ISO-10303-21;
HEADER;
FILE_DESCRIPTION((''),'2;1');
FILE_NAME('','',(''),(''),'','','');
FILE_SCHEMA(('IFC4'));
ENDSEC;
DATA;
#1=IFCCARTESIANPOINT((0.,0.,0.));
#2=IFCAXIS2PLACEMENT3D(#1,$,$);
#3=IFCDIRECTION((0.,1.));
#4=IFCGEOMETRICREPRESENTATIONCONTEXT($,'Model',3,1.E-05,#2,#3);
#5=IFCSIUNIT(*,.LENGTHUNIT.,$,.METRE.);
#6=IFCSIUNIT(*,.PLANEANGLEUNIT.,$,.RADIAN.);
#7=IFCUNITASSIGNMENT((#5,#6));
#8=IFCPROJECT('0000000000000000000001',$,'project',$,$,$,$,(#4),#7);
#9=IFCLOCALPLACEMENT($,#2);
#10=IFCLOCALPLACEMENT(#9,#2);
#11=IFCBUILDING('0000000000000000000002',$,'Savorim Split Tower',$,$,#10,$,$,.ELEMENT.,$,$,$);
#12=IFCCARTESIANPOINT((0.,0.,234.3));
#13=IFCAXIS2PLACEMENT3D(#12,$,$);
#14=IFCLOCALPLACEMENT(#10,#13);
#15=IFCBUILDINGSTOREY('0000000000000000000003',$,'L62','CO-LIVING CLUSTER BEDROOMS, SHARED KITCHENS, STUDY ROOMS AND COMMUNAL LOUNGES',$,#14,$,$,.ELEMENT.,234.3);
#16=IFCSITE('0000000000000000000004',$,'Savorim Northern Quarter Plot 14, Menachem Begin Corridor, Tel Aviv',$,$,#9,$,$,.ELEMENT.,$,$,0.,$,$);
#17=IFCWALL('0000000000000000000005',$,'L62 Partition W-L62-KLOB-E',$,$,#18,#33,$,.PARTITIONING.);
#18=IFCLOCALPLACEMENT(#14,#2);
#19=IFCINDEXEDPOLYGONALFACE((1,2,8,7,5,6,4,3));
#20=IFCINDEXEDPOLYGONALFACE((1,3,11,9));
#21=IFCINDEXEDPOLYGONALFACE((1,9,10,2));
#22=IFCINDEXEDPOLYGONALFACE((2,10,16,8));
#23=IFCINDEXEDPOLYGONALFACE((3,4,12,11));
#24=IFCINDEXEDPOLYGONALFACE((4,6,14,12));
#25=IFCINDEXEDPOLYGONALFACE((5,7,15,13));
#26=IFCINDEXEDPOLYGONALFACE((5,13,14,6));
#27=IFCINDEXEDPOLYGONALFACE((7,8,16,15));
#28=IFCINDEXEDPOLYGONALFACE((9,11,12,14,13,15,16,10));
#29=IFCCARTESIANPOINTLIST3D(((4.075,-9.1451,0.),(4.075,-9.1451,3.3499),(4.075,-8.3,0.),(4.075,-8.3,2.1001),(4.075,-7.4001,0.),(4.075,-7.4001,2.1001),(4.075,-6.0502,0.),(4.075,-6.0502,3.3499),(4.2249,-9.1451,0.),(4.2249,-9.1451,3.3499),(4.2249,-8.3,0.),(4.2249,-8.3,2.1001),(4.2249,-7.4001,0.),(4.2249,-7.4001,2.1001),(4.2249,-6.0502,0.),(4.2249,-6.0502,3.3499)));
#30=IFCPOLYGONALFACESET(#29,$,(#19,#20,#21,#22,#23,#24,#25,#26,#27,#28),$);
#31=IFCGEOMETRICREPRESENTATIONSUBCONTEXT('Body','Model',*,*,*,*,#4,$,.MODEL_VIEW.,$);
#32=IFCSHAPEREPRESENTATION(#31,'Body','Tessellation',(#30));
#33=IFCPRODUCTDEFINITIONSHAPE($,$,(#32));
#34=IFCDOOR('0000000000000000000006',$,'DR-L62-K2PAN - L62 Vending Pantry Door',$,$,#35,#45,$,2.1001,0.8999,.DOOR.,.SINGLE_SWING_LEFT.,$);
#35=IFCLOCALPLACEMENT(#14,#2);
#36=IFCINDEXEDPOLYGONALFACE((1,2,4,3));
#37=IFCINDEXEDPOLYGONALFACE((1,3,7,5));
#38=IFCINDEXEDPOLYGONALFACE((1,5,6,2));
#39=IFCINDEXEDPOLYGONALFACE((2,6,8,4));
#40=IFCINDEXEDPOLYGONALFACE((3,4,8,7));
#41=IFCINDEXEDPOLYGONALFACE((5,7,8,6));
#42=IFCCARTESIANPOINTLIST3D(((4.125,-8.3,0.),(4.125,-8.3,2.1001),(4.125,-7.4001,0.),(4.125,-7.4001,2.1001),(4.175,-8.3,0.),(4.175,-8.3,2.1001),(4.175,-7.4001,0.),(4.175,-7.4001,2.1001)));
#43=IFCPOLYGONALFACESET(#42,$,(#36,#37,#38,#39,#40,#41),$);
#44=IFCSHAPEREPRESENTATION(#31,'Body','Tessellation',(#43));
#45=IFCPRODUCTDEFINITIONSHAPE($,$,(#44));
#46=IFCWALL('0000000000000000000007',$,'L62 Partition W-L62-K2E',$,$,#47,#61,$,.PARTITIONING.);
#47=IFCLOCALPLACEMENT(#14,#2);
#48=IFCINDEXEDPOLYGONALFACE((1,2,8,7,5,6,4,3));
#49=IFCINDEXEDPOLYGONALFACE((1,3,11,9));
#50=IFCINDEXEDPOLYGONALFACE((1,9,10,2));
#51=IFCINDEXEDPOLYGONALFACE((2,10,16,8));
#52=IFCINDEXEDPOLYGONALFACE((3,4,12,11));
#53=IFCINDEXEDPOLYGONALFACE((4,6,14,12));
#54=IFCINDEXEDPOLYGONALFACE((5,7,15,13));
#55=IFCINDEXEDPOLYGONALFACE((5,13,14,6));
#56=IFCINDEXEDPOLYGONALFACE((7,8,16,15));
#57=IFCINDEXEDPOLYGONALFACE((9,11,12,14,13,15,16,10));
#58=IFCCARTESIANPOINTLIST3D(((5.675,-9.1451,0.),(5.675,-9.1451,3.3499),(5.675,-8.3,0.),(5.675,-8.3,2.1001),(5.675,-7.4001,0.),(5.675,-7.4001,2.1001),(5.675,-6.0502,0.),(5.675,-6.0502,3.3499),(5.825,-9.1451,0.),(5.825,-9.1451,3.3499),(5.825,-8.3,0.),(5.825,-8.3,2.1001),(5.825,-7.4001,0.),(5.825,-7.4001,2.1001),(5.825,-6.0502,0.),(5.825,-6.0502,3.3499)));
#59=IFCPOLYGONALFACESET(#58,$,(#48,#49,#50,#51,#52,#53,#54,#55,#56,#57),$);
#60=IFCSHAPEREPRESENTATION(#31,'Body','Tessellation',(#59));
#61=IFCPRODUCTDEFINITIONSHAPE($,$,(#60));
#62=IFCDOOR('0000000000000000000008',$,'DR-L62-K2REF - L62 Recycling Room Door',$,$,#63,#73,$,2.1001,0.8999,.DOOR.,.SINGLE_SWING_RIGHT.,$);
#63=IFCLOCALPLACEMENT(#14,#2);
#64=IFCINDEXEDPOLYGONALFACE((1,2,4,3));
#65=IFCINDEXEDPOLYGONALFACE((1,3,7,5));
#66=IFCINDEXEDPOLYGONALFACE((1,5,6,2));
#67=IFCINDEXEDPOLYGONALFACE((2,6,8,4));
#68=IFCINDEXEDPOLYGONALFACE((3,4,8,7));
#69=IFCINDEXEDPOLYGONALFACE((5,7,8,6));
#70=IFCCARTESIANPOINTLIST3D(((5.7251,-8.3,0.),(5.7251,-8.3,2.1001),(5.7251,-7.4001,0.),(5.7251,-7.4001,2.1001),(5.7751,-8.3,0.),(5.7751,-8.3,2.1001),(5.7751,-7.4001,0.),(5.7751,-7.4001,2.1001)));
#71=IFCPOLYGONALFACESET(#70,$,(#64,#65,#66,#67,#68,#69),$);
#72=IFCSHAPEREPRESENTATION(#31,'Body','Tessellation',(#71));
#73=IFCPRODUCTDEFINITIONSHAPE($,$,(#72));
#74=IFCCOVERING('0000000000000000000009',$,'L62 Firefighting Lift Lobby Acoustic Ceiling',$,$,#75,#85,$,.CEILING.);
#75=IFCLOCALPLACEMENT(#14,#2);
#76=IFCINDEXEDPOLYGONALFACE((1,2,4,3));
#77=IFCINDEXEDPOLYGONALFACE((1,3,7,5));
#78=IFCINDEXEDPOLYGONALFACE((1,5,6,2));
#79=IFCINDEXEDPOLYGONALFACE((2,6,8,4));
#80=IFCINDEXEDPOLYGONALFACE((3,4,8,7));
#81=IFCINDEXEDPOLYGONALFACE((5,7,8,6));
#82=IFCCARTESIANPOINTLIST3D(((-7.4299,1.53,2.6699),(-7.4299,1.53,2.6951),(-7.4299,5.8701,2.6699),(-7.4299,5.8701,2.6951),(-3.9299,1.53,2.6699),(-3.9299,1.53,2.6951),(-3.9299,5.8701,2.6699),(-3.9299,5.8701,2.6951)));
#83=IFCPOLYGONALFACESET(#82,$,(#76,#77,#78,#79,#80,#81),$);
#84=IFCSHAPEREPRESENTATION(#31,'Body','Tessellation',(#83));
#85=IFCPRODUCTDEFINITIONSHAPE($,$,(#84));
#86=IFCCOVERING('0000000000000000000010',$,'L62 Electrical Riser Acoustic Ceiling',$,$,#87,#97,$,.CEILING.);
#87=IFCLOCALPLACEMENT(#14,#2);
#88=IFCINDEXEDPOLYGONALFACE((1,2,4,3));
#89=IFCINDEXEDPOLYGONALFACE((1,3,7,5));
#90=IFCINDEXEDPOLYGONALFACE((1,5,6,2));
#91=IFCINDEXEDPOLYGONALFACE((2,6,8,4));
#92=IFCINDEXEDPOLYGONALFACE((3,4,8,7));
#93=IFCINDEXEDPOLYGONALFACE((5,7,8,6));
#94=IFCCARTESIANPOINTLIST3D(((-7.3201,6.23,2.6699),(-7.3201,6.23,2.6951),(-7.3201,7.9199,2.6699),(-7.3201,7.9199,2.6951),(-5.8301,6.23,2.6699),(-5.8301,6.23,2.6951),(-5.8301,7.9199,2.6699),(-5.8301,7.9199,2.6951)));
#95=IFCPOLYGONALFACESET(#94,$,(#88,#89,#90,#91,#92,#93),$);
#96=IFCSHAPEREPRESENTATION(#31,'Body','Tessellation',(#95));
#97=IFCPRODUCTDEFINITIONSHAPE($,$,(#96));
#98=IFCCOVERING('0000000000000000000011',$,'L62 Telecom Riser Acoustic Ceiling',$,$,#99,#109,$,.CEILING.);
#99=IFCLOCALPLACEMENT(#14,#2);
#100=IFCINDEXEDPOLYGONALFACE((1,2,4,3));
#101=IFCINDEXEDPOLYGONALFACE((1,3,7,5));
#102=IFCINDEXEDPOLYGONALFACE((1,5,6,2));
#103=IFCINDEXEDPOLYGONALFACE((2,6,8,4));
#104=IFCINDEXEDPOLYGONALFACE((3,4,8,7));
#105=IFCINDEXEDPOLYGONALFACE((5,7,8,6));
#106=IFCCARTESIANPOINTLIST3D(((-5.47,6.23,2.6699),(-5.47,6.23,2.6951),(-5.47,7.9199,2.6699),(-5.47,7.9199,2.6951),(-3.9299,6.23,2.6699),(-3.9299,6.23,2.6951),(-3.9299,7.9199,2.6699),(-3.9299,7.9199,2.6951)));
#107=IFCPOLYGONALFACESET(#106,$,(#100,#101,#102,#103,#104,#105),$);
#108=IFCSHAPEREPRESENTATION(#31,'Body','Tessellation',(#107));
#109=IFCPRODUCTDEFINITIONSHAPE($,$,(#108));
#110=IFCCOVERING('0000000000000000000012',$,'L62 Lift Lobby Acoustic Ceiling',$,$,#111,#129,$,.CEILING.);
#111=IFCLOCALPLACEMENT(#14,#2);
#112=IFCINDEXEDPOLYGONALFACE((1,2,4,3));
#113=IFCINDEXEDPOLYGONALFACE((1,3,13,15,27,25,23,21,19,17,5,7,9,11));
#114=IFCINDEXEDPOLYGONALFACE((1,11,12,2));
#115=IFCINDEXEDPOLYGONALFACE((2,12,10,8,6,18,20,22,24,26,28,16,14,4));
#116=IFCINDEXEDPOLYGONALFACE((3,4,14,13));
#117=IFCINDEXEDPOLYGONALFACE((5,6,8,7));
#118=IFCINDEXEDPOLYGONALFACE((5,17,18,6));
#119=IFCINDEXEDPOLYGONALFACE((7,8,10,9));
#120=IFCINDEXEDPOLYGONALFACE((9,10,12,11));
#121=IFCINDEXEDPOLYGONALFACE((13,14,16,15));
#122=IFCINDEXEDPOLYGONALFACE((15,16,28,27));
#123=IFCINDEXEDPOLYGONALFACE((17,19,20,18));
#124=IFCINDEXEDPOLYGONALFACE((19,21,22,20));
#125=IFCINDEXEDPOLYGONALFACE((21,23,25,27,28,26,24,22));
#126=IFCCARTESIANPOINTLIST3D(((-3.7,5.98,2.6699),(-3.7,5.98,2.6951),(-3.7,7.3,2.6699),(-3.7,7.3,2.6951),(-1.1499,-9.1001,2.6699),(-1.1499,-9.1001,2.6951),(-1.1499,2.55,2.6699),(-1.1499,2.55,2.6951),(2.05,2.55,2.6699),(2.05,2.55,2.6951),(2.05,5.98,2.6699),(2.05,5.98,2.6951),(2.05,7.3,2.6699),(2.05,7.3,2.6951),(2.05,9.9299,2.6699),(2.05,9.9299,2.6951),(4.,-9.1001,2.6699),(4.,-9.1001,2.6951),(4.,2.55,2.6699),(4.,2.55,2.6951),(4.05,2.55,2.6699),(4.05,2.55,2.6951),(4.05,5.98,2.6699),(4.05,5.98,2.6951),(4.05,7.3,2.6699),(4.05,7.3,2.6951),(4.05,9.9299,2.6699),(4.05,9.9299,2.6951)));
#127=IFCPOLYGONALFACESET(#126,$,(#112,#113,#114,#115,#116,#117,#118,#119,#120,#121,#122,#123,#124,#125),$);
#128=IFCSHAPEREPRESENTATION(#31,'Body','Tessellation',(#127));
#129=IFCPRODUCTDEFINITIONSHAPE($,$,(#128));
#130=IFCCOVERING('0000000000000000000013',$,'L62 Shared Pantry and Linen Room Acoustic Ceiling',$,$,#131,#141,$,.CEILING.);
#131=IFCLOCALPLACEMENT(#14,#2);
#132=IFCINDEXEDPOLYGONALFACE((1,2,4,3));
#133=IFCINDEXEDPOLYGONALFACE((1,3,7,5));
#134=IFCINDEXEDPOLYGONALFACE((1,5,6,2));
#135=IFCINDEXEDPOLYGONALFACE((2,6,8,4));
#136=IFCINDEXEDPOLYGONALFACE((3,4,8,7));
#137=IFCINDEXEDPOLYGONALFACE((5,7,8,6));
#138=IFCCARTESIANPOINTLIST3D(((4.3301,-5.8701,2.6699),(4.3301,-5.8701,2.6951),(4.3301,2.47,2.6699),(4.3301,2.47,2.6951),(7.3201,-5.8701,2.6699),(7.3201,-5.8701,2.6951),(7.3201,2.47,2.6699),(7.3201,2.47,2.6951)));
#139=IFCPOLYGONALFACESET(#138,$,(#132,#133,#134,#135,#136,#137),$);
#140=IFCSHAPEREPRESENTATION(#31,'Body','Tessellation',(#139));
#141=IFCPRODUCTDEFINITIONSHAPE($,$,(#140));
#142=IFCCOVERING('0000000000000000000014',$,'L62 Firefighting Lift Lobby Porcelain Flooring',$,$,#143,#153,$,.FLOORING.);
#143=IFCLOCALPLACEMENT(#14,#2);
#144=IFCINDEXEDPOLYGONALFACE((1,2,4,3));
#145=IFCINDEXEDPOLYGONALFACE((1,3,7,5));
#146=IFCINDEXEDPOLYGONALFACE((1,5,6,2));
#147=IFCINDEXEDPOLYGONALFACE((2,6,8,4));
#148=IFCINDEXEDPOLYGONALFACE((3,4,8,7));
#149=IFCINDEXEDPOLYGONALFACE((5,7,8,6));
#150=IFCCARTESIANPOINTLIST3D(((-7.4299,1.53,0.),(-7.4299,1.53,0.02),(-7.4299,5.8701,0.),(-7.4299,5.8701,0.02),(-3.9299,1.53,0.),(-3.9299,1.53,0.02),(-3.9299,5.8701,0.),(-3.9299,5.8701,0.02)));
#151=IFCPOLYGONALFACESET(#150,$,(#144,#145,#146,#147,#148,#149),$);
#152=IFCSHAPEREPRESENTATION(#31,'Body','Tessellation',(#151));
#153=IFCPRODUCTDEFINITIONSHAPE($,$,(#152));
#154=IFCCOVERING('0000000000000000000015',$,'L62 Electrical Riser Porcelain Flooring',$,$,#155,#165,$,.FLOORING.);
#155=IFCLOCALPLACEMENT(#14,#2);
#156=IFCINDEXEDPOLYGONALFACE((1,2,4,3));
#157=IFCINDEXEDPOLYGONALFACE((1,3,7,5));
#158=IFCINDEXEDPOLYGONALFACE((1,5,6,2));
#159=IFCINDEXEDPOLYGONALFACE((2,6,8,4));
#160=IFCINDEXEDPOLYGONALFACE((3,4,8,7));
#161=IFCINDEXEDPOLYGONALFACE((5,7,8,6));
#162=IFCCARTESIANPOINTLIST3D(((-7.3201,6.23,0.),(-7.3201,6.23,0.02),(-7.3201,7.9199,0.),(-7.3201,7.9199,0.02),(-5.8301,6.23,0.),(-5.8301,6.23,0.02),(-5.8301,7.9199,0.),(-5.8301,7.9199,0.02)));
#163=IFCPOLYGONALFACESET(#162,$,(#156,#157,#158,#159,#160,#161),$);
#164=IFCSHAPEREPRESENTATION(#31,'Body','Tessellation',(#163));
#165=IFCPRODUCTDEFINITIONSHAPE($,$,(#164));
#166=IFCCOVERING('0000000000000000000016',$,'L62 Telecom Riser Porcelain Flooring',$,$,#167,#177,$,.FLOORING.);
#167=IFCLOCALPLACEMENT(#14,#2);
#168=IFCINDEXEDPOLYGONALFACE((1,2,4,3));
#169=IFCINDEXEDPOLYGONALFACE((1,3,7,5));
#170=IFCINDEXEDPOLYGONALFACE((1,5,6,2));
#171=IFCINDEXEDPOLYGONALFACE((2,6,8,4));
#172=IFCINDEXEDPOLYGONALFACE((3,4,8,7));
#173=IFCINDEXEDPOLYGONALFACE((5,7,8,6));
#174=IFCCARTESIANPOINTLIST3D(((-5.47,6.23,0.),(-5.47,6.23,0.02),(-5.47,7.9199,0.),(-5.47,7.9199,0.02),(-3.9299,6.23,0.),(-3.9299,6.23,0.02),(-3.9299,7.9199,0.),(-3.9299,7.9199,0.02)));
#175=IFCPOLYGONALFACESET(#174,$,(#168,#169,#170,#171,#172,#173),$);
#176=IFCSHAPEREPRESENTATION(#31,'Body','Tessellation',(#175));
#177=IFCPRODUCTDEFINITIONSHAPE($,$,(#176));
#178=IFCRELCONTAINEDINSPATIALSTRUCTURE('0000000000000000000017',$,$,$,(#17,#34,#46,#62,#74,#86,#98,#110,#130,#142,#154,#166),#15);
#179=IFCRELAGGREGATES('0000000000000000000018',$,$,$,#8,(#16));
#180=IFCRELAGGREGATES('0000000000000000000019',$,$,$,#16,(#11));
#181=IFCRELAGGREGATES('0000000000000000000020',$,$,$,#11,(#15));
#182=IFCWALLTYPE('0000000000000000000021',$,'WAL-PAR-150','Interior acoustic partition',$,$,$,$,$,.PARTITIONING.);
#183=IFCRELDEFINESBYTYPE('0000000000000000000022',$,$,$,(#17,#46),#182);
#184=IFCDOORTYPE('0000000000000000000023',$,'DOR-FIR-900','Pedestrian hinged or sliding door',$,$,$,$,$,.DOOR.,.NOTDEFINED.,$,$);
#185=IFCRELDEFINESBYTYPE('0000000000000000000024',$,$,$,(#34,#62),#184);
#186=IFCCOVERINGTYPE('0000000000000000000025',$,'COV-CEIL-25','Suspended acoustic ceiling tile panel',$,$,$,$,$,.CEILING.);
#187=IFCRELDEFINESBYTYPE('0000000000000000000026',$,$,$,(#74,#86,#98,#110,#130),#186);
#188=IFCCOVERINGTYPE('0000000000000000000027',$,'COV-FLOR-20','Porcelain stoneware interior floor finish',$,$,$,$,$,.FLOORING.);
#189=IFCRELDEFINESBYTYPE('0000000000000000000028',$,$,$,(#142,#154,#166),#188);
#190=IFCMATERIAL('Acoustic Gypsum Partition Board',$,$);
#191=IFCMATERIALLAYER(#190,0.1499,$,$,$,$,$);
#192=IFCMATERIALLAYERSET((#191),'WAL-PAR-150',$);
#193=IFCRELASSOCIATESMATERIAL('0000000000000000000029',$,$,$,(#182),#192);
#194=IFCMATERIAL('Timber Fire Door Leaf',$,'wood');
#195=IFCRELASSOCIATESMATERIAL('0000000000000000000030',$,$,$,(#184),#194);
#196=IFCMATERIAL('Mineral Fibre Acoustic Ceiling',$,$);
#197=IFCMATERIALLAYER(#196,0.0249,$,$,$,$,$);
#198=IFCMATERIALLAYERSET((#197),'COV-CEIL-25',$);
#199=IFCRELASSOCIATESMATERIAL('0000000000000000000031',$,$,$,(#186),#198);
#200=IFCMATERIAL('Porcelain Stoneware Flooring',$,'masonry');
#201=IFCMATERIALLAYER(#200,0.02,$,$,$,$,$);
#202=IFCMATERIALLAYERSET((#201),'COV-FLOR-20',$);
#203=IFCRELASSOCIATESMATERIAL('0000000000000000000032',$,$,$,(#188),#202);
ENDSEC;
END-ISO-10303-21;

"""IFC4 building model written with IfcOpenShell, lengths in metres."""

from ifc_helpers import new_model, si_unit, direction, frame, frame_2d, origin, place, context, subcontext, project, spatial, polyline, rectangle, outline, extrude, material, layer, layer_set, type_object, element, fill, save


model = new_model("IFC4")

# Units and contexts
model_context = context("Model", 3, precision=1e-05, world=origin(), true_north=direction((0.0, 1.0)))
body_context = subcontext(model_context, "Body", "Model", "MODEL_VIEW")
ifc_project = project(units=[si_unit("LENGTHUNIT", "METRE"), si_unit("PLANEANGLEUNIT", "RADIAN")], contexts=[model_context])

# Site, building, storey
site_placement = place(None, origin())
site = spatial("IfcSite", under=ifc_project, at=site_placement, Name="Savorim Northern Quarter Plot 14, Menachem Begin Corridor, Tel Aviv", CompositionType="ELEMENT", RefElevation=0.0)
building_placement = place(site_placement, origin())
building = spatial("IfcBuilding", under=site, at=building_placement, Name="Savorim Split Tower", CompositionType="ELEMENT")
storey_placement = place(building_placement, frame((0.0, 0.0, 234.3)))
storey = spatial("IfcBuildingStorey", under=building, at=storey_placement, Name="L62", Description="CO-LIVING CLUSTER BEDROOMS, SHARED KITCHENS, STUDY ROOMS AND COMMUNAL LOUNGES", CompositionType="ELEMENT", Elevation=234.3)

# Shared definitions
ifc_material_1 = material(Name="Timber Fire Door Leaf", Category="wood")

# Walls, openings, doors
ifc_material_2 = material(Name="Acoustic Gypsum Partition Board")
ifc_layer_1 = layer(ifc_material_2, 0.1499)
ifc_layer_set_1 = layer_set([ifc_layer_1], Name="WAL-PAR-150")
wall_type_1 = type_object("IfcWallType", Name="WAL-PAR-150", Description="Interior acoustic partition", PredefinedType="PARTITIONING", material=ifc_layer_set_1)
wall_1_placement = place(storey_placement, frame((4.1499, -9.145, 0.0), z_axis=(0.0, 0.0, 1.0), x_axis=(0.0, 1.0, 0.0)))
wall_1 = element("IfcWall", 1, at=wall_1_placement, inside=storey, type_object=wall_type_1, Name="L62 Partition W-L62-KLOB-E", PredefinedType="PARTITIONING", context=body_context, shape_type="SweptSolid", body=[
    extrude(rectangle(XDim=3.095, YDim=0.1499, at=frame_2d((1.5474, 0.0))), origin(), (0.0, 0.0, 1.0), 3.3499),
])
opening_1_placement = place(wall_1_placement, frame((0.845, 0.0, 0.0)))
opening_1 = element("IfcOpeningElement", 2, at=opening_1_placement, cuts=wall_1, PredefinedType="OPENING", context=body_context, shape_type="SweptSolid", body=[
    extrude(rectangle(XDim=0.8999, YDim=2.1001, at=frame_2d((0.45, 1.05))), frame((0.0, 0.085, 0.0), z_axis=(0.0, -1.0, 0.0), x_axis=(1.0, 0.0, 0.0)), (0.0, 0.0, 1.0), 0.1699),
])
door_type_1 = type_object("IfcDoorType", Name="DOR-FIR-900", Description="Pedestrian hinged or sliding door", OperationType="NOTDEFINED", PredefinedType="DOOR", material=ifc_material_1)
door_1_placement = place(opening_1_placement, origin())
door_1 = element("IfcDoor", 3, at=door_1_placement, inside=storey, type_object=door_type_1, Name="DR-L62-K2PAN - L62 Vending Pantry Door", OperationType="SINGLE_SWING_LEFT", OverallHeight=2.1001, OverallWidth=0.8999, PredefinedType="DOOR", context=body_context, shape_type="SweptSolid", body=[
    extrude(rectangle(XDim=0.8999, YDim=2.1001, at=frame_2d((0.45, 1.05))), frame((0.0, 0.0249, 0.0), z_axis=(0.0, -1.0, 0.0), x_axis=(1.0, 0.0, 0.0)), (0.0, 0.0, 1.0), 0.05),
])
fill(opening_1, door_1)
wall_2_placement = place(storey_placement, frame((5.75, -9.145, 0.0), z_axis=(0.0, 0.0, 1.0), x_axis=(0.0, 1.0, 0.0)))
wall_2 = element("IfcWall", 4, at=wall_2_placement, inside=storey, type_object=wall_type_1, Name="L62 Partition W-L62-K2E", PredefinedType="PARTITIONING", context=body_context, shape_type="SweptSolid", body=[
    extrude(rectangle(XDim=3.095, YDim=0.1499, at=frame_2d((1.5474, 0.0))), origin(), (0.0, 0.0, 1.0), 3.3499),
])
opening_2_placement = place(wall_2_placement, frame((0.845, 0.0, 0.0)))
opening_2 = element("IfcOpeningElement", 5, at=opening_2_placement, cuts=wall_2, PredefinedType="OPENING", context=body_context, shape_type="SweptSolid", body=[
    extrude(rectangle(XDim=0.8999, YDim=2.1001, at=frame_2d((0.45, 1.05))), frame((0.0, 0.085, 0.0), z_axis=(0.0, -1.0, 0.0), x_axis=(1.0, 0.0, 0.0)), (0.0, 0.0, 1.0), 0.1699),
])
door_2_placement = place(opening_2_placement, origin())
door_2 = element("IfcDoor", 6, at=door_2_placement, inside=storey, type_object=door_type_1, Name="DR-L62-K2REF - L62 Recycling Room Door", OperationType="SINGLE_SWING_RIGHT", OverallHeight=2.1001, OverallWidth=0.8999, PredefinedType="DOOR", context=body_context, shape_type="SweptSolid", body=[
    extrude(rectangle(XDim=0.8999, YDim=2.1001, at=frame_2d((0.45, 1.05))), frame((0.0, 0.0249, 0.0), z_axis=(0.0, -1.0, 0.0), x_axis=(1.0, 0.0, 0.0)), (0.0, 0.0, 1.0), 0.05),
])
fill(opening_2, door_2)

# Coverings
ifc_material_3 = material(Name="Mineral Fibre Acoustic Ceiling")
ifc_layer_2 = layer(ifc_material_3, 0.0249)
ifc_layer_set_2 = layer_set([ifc_layer_2], Name="COV-CEIL-25")
covering_type_1 = type_object("IfcCoveringType", Name="COV-CEIL-25", Description="Suspended acoustic ceiling tile panel", PredefinedType="CEILING", material=ifc_layer_set_2)
covering_1_placement = place(storey_placement, frame((0.0, 0.0, 2.6699)))
element("IfcCovering", 7, at=covering_1_placement, inside=storey, type_object=covering_type_1, Name="L62 Firefighting Lift Lobby Acoustic Ceiling", PredefinedType="CEILING", context=body_context, shape_type="SweptSolid", body=[
    extrude(outline(polyline([(-7.4299, 5.8701), (-7.4299, 1.53), (-3.9299, 1.53), (-3.9299, 5.8701), (-7.4299, 5.8701)])), origin(), (0.0, 0.0, 1.0), 0.0251),
])
covering_2_placement = place(storey_placement, frame((0.0, 0.0, 2.6699)))
element("IfcCovering", 8, at=covering_2_placement, inside=storey, type_object=covering_type_1, Name="L62 Electrical Riser Acoustic Ceiling", PredefinedType="CEILING", context=body_context, shape_type="SweptSolid", body=[
    extrude(outline(polyline([(-7.3201, 7.9199), (-7.3201, 6.23), (-5.8301, 6.23), (-5.8301, 7.9199), (-7.3201, 7.9199)])), origin(), (0.0, 0.0, 1.0), 0.0251),
])
covering_3_placement = place(storey_placement, frame((0.0, 0.0, 2.6699)))
element("IfcCovering", 9, at=covering_3_placement, inside=storey, type_object=covering_type_1, Name="L62 Telecom Riser Acoustic Ceiling", PredefinedType="CEILING", context=body_context, shape_type="SweptSolid", body=[
    extrude(outline(polyline([(-5.47, 7.9199), (-5.47, 6.23), (-3.9299, 6.23), (-3.9299, 7.9199), (-5.47, 7.9199)])), origin(), (0.0, 0.0, 1.0), 0.0251),
])
covering_4_placement = place(storey_placement, frame((0.0, 0.0, 2.6699)))
element("IfcCovering", 10, at=covering_4_placement, inside=storey, type_object=covering_type_1, Name="L62 Lift Lobby Acoustic Ceiling", PredefinedType="CEILING", context=body_context, shape_type="SweptSolid", body=[
    extrude(outline(polyline([(2.05, 2.55), (-1.1499, 2.55), (-1.1499, -9.1001), (4.0, -9.1001), (4.0, 2.55), (4.05, 2.55), (4.05, 5.98), (4.05, 7.3), (4.05, 9.9299), (2.05, 9.9299), (2.05, 7.3), (-3.7, 7.3), (-3.7, 5.98), (2.05, 5.98), (2.05, 2.55)])), origin(), (0.0, 0.0, 1.0), 0.0251),
])
covering_5_placement = place(storey_placement, frame((0.0, 0.0, 2.6699)))
element("IfcCovering", 11, at=covering_5_placement, inside=storey, type_object=covering_type_1, Name="L62 Shared Pantry and Linen Room Acoustic Ceiling", PredefinedType="CEILING", context=body_context, shape_type="SweptSolid", body=[
    extrude(outline(polyline([(4.3301, 2.47), (4.3301, -5.8701), (7.3201, -5.8701), (7.3201, 2.47), (4.3301, 2.47)])), origin(), (0.0, 0.0, 1.0), 0.0251),
])
ifc_material_4 = material(Name="Porcelain Stoneware Flooring", Category="masonry")
ifc_layer_3 = layer(ifc_material_4, 0.02)
ifc_layer_set_3 = layer_set([ifc_layer_3], Name="COV-FLOR-20")
covering_type_2 = type_object("IfcCoveringType", Name="COV-FLOR-20", Description="Porcelain stoneware interior floor finish", PredefinedType="FLOORING", material=ifc_layer_set_3)
covering_6_placement = place(storey_placement, origin())
element("IfcCovering", 12, at=covering_6_placement, inside=storey, type_object=covering_type_2, Name="L62 Firefighting Lift Lobby Porcelain Flooring", PredefinedType="FLOORING", context=body_context, shape_type="SweptSolid", body=[
    extrude(outline(polyline([(-7.4299, 5.8701), (-7.4299, 1.53), (-3.9299, 1.53), (-3.9299, 5.8701), (-7.4299, 5.8701)])), origin(), (0.0, 0.0, 1.0), 0.02),
])
covering_7_placement = place(storey_placement, origin())
element("IfcCovering", 13, at=covering_7_placement, inside=storey, type_object=covering_type_2, Name="L62 Electrical Riser Porcelain Flooring", PredefinedType="FLOORING", context=body_context, shape_type="SweptSolid", body=[
    extrude(outline(polyline([(-7.3201, 7.9199), (-7.3201, 6.23), (-5.8301, 6.23), (-5.8301, 7.9199), (-7.3201, 7.9199)])), origin(), (0.0, 0.0, 1.0), 0.02),
])
covering_8_placement = place(storey_placement, origin())
element("IfcCovering", 14, at=covering_8_placement, inside=storey, type_object=covering_type_2, Name="L62 Telecom Riser Porcelain Flooring", PredefinedType="FLOORING", context=body_context, shape_type="SweptSolid", body=[
    extrude(outline(polyline([(-5.47, 7.9199), (-5.47, 6.23), (-3.9299, 6.23), (-3.9299, 7.9199), (-5.47, 7.9199)])), origin(), (0.0, 0.0, 1.0), 0.02),
])

save(model, "model.ifc")
